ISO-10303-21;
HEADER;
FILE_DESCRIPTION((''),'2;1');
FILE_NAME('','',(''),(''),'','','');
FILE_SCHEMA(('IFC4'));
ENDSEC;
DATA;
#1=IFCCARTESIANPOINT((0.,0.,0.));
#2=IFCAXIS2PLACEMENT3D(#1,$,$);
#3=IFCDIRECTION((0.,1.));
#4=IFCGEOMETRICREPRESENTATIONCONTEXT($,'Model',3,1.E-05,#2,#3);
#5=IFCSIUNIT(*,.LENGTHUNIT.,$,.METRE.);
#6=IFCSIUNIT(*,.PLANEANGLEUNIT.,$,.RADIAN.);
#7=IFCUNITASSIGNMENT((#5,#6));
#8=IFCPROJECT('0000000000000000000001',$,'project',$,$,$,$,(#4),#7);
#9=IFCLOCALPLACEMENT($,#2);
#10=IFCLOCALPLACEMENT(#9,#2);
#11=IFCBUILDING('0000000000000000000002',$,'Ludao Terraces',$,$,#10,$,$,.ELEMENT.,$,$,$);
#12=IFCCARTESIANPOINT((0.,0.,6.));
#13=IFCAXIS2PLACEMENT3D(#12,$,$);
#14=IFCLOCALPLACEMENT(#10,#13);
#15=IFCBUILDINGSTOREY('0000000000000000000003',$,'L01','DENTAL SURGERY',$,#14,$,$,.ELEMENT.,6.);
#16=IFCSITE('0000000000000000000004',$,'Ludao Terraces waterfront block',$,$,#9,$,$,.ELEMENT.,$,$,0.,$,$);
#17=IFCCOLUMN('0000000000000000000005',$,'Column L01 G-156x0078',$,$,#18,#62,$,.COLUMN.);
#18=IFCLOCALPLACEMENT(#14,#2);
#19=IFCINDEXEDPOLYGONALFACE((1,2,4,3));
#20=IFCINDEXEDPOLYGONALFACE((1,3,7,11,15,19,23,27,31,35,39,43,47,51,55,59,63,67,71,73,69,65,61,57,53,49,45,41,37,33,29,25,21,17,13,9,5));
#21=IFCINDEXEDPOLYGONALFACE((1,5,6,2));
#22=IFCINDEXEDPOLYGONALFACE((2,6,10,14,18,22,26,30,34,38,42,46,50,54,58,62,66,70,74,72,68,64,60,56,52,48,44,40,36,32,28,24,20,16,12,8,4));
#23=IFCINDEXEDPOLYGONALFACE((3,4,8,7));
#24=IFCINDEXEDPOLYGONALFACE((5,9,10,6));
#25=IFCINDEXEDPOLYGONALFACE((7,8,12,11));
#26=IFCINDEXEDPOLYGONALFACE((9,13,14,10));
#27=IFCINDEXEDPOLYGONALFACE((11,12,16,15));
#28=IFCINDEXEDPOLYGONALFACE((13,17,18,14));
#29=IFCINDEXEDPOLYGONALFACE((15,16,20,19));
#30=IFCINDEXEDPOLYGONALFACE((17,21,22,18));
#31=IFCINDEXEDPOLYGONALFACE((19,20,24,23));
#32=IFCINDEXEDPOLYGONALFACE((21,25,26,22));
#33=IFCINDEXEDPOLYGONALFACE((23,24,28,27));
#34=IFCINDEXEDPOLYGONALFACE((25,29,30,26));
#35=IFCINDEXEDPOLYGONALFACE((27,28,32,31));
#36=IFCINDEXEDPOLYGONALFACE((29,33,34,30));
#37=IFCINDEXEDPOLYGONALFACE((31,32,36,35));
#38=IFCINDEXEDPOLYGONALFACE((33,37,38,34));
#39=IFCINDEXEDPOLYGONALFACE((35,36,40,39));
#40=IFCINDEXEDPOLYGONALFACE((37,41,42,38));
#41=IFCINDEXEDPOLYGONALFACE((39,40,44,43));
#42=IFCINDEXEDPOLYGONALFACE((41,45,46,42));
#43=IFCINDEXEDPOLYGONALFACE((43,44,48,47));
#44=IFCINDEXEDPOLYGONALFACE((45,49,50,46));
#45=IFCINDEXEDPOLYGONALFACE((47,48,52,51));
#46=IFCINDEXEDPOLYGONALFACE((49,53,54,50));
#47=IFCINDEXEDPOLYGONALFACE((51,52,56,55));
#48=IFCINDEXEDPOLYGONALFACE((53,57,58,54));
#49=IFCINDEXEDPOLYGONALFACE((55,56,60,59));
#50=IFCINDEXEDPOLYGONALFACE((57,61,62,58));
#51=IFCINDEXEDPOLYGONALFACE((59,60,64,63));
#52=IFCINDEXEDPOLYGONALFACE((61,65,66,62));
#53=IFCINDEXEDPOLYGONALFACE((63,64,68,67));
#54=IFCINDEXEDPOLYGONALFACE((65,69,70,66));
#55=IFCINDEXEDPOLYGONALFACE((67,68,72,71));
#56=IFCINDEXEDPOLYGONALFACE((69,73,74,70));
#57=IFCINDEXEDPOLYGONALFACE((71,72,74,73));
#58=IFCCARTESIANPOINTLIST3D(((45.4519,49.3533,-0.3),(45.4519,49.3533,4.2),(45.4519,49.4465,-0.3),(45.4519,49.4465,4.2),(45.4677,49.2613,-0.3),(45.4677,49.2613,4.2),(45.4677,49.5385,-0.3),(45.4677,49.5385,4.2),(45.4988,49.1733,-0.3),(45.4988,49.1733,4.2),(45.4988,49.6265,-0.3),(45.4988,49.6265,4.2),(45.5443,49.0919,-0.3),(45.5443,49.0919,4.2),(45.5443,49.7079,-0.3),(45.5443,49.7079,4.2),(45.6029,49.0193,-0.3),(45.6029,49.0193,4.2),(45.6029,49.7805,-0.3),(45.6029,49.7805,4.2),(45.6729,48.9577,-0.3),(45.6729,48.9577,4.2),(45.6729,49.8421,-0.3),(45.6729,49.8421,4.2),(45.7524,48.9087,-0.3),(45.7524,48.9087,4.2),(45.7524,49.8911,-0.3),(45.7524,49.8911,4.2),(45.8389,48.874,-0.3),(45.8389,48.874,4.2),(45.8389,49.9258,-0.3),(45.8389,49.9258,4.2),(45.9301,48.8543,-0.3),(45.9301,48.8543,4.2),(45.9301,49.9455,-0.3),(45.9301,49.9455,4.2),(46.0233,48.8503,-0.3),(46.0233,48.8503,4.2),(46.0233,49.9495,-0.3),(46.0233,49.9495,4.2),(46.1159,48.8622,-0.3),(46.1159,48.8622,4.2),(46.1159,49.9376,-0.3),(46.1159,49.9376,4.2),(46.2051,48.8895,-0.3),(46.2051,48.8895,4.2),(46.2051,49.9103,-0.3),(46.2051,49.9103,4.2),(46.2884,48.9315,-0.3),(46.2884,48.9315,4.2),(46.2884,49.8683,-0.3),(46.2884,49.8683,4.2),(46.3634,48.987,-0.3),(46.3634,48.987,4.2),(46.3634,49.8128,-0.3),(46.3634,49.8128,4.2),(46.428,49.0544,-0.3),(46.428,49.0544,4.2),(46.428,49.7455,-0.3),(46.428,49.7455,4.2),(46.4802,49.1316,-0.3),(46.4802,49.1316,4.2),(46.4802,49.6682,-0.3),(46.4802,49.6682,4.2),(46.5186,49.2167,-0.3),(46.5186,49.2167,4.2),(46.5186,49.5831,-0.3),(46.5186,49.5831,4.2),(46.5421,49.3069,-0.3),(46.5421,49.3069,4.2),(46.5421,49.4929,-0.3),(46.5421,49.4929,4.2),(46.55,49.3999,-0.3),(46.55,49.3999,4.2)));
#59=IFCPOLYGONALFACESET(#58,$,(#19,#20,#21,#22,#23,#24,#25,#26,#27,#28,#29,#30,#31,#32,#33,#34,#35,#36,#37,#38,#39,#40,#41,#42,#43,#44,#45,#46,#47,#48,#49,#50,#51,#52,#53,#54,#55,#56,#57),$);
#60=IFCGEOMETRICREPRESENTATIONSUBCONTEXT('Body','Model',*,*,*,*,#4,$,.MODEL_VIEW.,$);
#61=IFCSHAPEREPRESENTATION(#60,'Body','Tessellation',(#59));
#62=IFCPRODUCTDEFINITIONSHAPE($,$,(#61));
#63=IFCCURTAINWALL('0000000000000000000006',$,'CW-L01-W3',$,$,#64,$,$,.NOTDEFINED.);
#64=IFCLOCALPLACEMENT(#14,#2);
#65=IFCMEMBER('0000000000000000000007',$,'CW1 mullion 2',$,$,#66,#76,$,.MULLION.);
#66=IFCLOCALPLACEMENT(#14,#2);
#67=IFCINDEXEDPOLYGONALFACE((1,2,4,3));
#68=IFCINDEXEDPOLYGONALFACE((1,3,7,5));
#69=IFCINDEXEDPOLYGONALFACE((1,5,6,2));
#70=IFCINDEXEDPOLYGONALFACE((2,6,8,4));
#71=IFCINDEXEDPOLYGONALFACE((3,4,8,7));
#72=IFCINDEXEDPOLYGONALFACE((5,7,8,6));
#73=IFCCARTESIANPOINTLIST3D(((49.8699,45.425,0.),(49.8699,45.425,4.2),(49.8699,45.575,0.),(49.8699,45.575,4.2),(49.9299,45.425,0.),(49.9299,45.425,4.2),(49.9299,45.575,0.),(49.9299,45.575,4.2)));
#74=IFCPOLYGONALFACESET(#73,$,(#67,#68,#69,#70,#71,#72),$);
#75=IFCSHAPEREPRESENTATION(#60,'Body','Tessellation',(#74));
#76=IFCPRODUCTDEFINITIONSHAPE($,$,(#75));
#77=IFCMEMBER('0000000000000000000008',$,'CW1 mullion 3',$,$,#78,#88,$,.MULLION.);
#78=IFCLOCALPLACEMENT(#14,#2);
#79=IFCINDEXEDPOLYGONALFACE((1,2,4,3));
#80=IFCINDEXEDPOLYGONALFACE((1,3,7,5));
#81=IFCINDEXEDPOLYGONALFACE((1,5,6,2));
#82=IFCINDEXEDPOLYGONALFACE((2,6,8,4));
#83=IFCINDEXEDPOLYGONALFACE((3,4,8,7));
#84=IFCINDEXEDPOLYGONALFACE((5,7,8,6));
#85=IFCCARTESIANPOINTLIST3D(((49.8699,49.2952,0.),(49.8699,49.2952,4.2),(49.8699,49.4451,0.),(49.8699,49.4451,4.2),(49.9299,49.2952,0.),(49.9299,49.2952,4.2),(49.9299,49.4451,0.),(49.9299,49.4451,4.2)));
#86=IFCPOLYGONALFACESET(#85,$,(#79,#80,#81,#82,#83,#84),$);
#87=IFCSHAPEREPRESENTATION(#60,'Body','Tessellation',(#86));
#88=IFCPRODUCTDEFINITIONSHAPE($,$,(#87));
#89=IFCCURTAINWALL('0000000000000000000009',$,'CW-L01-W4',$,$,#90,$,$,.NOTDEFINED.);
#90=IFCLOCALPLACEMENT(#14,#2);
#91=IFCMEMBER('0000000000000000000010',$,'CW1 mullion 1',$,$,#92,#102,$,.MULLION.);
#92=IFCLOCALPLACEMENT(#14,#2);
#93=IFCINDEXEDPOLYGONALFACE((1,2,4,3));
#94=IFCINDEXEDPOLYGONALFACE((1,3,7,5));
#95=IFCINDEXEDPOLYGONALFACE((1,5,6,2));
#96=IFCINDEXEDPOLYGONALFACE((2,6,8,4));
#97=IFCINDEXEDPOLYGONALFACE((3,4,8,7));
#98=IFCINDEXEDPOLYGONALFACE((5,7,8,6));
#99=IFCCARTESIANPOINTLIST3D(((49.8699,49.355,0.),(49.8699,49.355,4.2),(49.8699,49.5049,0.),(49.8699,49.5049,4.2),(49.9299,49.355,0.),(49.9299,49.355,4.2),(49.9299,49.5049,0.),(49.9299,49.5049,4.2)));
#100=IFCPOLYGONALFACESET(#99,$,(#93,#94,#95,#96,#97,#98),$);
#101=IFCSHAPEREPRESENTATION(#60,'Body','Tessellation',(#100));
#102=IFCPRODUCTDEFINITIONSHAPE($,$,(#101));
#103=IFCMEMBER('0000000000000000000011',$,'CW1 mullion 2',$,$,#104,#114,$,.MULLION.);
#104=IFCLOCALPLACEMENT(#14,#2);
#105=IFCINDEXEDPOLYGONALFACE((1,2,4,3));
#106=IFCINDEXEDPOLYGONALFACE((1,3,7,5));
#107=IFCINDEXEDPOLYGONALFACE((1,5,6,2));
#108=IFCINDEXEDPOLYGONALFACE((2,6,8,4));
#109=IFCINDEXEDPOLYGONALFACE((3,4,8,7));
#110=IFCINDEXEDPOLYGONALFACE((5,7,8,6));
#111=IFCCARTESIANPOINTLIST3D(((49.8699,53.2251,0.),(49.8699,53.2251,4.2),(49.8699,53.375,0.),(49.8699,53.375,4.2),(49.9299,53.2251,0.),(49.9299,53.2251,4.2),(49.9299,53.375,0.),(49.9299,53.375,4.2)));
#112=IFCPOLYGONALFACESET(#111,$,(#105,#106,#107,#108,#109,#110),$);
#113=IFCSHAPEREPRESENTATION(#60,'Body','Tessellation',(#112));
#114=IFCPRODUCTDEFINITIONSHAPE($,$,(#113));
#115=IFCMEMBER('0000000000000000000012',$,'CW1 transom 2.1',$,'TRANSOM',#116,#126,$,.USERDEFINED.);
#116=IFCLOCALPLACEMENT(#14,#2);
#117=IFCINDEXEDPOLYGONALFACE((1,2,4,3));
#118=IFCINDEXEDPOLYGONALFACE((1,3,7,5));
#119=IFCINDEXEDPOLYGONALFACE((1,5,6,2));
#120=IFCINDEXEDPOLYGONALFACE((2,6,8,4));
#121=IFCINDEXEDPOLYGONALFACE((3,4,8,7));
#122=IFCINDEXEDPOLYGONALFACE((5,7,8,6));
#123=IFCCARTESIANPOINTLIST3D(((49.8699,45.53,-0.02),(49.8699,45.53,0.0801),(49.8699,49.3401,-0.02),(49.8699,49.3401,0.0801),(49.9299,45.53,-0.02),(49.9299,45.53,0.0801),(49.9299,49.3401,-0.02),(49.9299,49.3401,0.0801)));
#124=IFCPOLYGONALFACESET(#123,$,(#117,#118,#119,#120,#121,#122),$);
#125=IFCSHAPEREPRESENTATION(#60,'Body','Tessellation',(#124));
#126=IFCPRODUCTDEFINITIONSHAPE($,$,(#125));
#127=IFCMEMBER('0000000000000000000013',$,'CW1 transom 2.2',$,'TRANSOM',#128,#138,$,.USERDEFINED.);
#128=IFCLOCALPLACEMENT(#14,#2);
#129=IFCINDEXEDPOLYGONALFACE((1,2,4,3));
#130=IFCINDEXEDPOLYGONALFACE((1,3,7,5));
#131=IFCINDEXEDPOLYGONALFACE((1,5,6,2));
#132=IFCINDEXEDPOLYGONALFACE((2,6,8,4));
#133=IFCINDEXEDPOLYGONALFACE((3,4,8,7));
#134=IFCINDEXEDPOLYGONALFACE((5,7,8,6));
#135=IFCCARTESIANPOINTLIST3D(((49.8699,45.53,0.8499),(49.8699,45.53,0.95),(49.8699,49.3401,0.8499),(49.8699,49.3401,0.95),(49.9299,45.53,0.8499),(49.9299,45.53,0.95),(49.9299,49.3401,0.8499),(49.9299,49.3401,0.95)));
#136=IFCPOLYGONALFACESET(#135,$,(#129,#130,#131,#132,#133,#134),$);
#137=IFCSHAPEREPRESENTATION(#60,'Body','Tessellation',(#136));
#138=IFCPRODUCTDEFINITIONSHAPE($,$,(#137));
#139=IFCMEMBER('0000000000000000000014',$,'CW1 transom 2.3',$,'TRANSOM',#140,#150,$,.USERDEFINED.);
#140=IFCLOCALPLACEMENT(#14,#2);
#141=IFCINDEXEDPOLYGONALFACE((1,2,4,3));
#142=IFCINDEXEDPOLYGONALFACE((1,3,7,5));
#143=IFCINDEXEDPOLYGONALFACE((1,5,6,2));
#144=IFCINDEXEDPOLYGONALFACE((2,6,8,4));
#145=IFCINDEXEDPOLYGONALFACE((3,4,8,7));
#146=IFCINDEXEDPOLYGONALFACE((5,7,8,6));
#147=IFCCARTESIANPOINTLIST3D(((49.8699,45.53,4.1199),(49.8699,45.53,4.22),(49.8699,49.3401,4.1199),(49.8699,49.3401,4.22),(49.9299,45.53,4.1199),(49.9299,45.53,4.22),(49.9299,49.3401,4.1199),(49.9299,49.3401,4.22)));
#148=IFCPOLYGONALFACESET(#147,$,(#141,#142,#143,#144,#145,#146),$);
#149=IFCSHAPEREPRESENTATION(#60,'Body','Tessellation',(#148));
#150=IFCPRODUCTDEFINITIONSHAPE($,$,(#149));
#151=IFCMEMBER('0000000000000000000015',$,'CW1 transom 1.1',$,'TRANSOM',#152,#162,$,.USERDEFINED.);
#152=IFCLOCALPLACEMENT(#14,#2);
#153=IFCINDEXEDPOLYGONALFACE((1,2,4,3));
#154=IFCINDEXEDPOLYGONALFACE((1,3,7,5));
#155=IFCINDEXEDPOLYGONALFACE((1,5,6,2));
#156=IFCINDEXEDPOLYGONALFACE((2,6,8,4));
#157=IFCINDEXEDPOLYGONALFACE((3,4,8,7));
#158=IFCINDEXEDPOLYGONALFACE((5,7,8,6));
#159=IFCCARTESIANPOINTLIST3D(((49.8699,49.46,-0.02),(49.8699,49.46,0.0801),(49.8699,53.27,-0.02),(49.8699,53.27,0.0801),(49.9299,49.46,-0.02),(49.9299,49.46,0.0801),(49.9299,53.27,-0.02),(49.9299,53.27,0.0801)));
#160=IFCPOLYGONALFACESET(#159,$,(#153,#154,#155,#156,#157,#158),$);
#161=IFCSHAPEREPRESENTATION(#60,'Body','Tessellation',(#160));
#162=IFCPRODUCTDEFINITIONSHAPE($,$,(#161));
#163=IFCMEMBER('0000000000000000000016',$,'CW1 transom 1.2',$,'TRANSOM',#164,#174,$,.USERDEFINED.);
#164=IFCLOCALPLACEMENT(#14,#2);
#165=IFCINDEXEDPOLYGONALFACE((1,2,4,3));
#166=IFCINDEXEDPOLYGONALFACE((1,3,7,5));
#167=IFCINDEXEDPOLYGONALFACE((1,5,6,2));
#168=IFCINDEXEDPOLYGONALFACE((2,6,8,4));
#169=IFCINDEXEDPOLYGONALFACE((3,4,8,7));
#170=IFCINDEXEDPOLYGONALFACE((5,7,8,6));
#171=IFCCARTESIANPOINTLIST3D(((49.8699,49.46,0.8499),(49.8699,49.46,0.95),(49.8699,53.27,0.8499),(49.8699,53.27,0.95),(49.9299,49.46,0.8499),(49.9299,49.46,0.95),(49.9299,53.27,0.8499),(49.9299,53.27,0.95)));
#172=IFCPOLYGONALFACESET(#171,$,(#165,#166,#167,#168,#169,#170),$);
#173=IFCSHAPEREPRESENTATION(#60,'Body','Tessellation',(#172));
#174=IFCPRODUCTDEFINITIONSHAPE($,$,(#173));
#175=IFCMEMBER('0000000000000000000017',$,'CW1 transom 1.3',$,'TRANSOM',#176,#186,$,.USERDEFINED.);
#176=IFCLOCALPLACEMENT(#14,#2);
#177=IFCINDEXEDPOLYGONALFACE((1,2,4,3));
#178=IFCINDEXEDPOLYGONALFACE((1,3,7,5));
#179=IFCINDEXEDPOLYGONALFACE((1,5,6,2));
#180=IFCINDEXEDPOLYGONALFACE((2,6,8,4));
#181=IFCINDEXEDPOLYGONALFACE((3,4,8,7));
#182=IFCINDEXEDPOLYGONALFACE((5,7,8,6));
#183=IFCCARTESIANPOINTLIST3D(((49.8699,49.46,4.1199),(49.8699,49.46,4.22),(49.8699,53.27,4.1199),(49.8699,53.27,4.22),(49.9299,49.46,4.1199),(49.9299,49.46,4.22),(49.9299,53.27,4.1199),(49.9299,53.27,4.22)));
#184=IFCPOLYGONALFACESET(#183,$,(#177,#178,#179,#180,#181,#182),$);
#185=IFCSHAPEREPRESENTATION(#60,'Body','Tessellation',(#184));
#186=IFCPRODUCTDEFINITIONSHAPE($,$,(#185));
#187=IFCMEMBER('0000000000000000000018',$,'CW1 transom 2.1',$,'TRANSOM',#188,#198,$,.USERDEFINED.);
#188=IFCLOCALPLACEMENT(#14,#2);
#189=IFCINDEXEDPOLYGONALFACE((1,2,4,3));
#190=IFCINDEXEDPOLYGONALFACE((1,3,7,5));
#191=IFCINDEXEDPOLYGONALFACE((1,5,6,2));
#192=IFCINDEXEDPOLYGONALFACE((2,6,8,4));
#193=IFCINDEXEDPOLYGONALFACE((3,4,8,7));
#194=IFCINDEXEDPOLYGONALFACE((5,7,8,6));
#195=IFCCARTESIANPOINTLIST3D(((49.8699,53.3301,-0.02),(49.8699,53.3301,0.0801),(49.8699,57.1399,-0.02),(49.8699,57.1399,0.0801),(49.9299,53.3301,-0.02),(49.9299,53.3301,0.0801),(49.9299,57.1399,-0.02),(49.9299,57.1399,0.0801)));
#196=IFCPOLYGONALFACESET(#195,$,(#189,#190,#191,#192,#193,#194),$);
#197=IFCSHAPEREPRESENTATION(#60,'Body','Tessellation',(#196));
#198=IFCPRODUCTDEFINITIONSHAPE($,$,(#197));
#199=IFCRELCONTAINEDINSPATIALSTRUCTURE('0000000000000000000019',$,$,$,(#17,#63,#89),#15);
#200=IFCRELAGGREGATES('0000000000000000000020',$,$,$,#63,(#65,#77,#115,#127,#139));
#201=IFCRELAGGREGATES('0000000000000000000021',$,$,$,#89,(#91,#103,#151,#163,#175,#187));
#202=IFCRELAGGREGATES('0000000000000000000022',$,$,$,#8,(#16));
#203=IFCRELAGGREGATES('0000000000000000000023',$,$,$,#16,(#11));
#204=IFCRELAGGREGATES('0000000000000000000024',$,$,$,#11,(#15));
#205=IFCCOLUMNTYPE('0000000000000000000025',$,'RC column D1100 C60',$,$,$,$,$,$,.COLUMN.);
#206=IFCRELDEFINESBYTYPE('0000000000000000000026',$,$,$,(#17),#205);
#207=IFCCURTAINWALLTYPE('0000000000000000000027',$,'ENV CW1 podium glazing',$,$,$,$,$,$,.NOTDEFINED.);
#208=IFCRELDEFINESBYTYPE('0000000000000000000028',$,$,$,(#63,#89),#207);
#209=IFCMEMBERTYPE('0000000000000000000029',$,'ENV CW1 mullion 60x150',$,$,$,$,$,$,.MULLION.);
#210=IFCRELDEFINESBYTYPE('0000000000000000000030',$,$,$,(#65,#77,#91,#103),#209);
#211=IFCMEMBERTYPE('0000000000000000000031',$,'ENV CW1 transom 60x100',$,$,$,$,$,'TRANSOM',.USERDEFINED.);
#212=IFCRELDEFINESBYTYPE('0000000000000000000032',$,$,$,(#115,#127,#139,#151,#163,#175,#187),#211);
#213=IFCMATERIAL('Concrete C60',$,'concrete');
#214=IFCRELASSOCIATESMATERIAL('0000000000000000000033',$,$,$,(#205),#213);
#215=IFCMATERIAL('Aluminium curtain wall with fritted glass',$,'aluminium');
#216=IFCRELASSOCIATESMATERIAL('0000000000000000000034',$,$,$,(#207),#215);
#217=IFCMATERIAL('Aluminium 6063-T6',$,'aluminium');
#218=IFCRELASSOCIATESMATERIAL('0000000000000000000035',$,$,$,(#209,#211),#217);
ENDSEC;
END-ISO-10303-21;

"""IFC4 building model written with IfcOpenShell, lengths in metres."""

from ifc_helpers import new_model, si_unit, direction, frame, origin, origin_2d, place, context, subcontext, project, spatial, rectangle, circle, extrude, material, material_profile, profile_set, type_object, element, aggregate, save


model = new_model("IFC4")

# Units and contexts
model_context = context("Model", 3, precision=1e-05, world=origin(), true_north=direction((0.0, 1.0)))
body_context = subcontext(model_context, "Body", "Model", "MODEL_VIEW")
ifc_project = project(units=[si_unit("LENGTHUNIT", "METRE"), si_unit("PLANEANGLEUNIT", "RADIAN")], contexts=[model_context])

# Site, building, storey
site_placement = place(None, origin())
site = spatial("IfcSite", under=ifc_project, at=site_placement, Name="Ludao Terraces waterfront block", CompositionType="ELEMENT", RefElevation=0.0)
building_placement = place(site_placement, origin())
building = spatial("IfcBuilding", under=site, at=building_placement, Name="Ludao Terraces", CompositionType="ELEMENT")
storey_placement = place(building_placement, frame((0.0, 0.0, 6.0)))
storey = spatial("IfcBuildingStorey", under=building, at=storey_placement, Name="L01", Description="DENTAL SURGERY", CompositionType="ELEMENT", Elevation=6.0)

# Column
ifc_material_1 = material(Name="Concrete C60", Category="concrete")
ifc_material_profile_1 = material_profile(ifc_material_1, circle(Radius=0.55, at=origin_2d()), Name="D1100")
ifc_profile_set_1 = profile_set([ifc_material_profile_1], Name="Concrete C60")
column_type = type_object("IfcColumnType", Name="RC column D1100 C60", PredefinedType="COLUMN", material=ifc_profile_set_1)
column_placement = place(storey_placement, frame((46.0, 49.3999, -0.3), z_axis=(0.0, 0.0, 1.0), x_axis=(1.0, 0.0, 0.0)))
element("IfcColumn", 1, at=column_placement, inside=storey, type_object=column_type, Name="Column L01 G-156x0078", PredefinedType="COLUMN", context=body_context, shape_type="SweptSolid", body=[
    extrude(circle(Radius=0.55, at=origin_2d()), origin(), (0.0, 0.0, 1.0), 4.5),
])

# Curtain walls, members
ifc_material_2 = material(Name="Aluminium curtain wall with fritted glass", Category="aluminium")
curtain_wall_type = type_object("IfcCurtainWallType", Name="ENV CW1 podium glazing", PredefinedType="NOTDEFINED", material=ifc_material_2)
curtain_wall_1_placement = place(storey_placement, origin())
curtain_wall_1 = element("IfcCurtainWall", 2, at=curtain_wall_1_placement, inside=storey, type_object=curtain_wall_type, Name="CW-L01-W3", PredefinedType="NOTDEFINED")
ifc_material_3 = material(Name="Aluminium 6063-T6", Category="aluminium")
ifc_material_profile_2 = material_profile(ifc_material_3, rectangle(XDim=0.0601, YDim=0.1499, at=origin_2d()), Name="60 X 150")
ifc_profile_set_2 = profile_set([ifc_material_profile_2], Name="Aluminium 6063-T6")
member_type_1 = type_object("IfcMemberType", Name="ENV CW1 mullion 60x150", PredefinedType="MULLION", material=ifc_profile_set_2)
member_1_placement = place(storey_placement, frame((49.8999, 45.5, 0.0), z_axis=(0.0, 0.0, 1.0), x_axis=(-1.0, 0.0, 0.0)))
member_1 = element("IfcMember", 3, at=member_1_placement, type_object=member_type_1, Name="CW1 mullion 2", PredefinedType="MULLION", context=body_context, shape_type="SweptSolid", body=[
    extrude(rectangle(XDim=0.0601, YDim=0.1499, at=origin_2d()), origin(), (0.0, 0.0, 1.0), 4.2),
])
member_2_placement = place(storey_placement, frame((49.8999, 49.3701, 0.0), z_axis=(0.0, 0.0, 1.0), x_axis=(-1.0, 0.0, 0.0)))
member_2 = element("IfcMember", 4, at=member_2_placement, type_object=member_type_1, Name="CW1 mullion 3", PredefinedType="MULLION", context=body_context, shape_type="SweptSolid", body=[
    extrude(rectangle(XDim=0.0601, YDim=0.1499, at=origin_2d()), origin(), (0.0, 0.0, 1.0), 4.2),
])
curtain_wall_2_placement = place(storey_placement, origin())
curtain_wall_2 = element("IfcCurtainWall", 5, at=curtain_wall_2_placement, inside=storey, type_object=curtain_wall_type, Name="CW-L01-W4", PredefinedType="NOTDEFINED")
member_3_placement = place(storey_placement, frame((49.8999, 49.4299, 0.0), z_axis=(0.0, 0.0, 1.0), x_axis=(-1.0, 0.0, 0.0)))
member_3 = element("IfcMember", 6, at=member_3_placement, type_object=member_type_1, Name="CW1 mullion 1", PredefinedType="MULLION", context=body_context, shape_type="SweptSolid", body=[
    extrude(rectangle(XDim=0.0601, YDim=0.1499, at=origin_2d()), origin(), (0.0, 0.0, 1.0), 4.2),
])
member_4_placement = place(storey_placement, frame((49.8999, 53.3, 0.0), z_axis=(0.0, 0.0, 1.0), x_axis=(-1.0, 0.0, 0.0)))
member_4 = element("IfcMember", 7, at=member_4_placement, type_object=member_type_1, Name="CW1 mullion 2", PredefinedType="MULLION", context=body_context, shape_type="SweptSolid", body=[
    extrude(rectangle(XDim=0.0601, YDim=0.1499, at=origin_2d()), origin(), (0.0, 0.0, 1.0), 4.2),
])

# Members
ifc_material_profile_3 = material_profile(ifc_material_3, rectangle(XDim=0.0601, YDim=0.1001, at=origin_2d()), Name="60 X 100")
ifc_profile_set_3 = profile_set([ifc_material_profile_3], Name="Aluminium 6063-T6")
member_type_2 = type_object("IfcMemberType", Name="ENV CW1 transom 60x100", ElementType="TRANSOM", PredefinedType="USERDEFINED", material=ifc_profile_set_3)
member_5_placement = place(storey_placement, frame((49.8999, 45.53, 0.03), z_axis=(0.0, 1.0, 0.0), x_axis=(-1.0, 0.0, 0.0)))
member_5 = element("IfcMember", 8, at=member_5_placement, type_object=member_type_2, Name="CW1 transom 2.1", ObjectType="TRANSOM", PredefinedType="USERDEFINED", context=body_context, shape_type="SweptSolid", body=[
    extrude(rectangle(XDim=0.0601, YDim=0.1001, at=origin_2d()), origin(), (0.0, 0.0, 1.0), 3.8101),
])
member_6_placement = place(storey_placement, frame((49.8999, 45.53, 0.8999), z_axis=(0.0, 1.0, 0.0), x_axis=(-1.0, 0.0, 0.0)))
member_6 = element("IfcMember", 9, at=member_6_placement, type_object=member_type_2, Name="CW1 transom 2.2", ObjectType="TRANSOM", PredefinedType="USERDEFINED", context=body_context, shape_type="SweptSolid", body=[
    extrude(rectangle(XDim=0.0601, YDim=0.1001, at=origin_2d()), origin(), (0.0, 0.0, 1.0), 3.8101),
])
member_7_placement = place(storey_placement, frame((49.8999, 45.53, 4.1699), z_axis=(0.0, 1.0, 0.0), x_axis=(-1.0, 0.0, 0.0)))
member_7 = element("IfcMember", 10, at=member_7_placement, type_object=member_type_2, Name="CW1 transom 2.3", ObjectType="TRANSOM", PredefinedType="USERDEFINED", context=body_context, shape_type="SweptSolid", body=[
    extrude(rectangle(XDim=0.0601, YDim=0.1001, at=origin_2d()), origin(), (0.0, 0.0, 1.0), 3.8101),
])
member_8_placement = place(storey_placement, frame((49.8999, 49.46, 0.03), z_axis=(0.0, 1.0, 0.0), x_axis=(-1.0, 0.0, 0.0)))
member_8 = element("IfcMember", 11, at=member_8_placement, type_object=member_type_2, Name="CW1 transom 1.1", ObjectType="TRANSOM", PredefinedType="USERDEFINED", context=body_context, shape_type="SweptSolid", body=[
    extrude(rectangle(XDim=0.0601, YDim=0.1001, at=origin_2d()), origin(), (0.0, 0.0, 1.0), 3.8101),
])
member_9_placement = place(storey_placement, frame((49.8999, 49.46, 0.8999), z_axis=(0.0, 1.0, 0.0), x_axis=(-1.0, 0.0, 0.0)))
member_9 = element("IfcMember", 12, at=member_9_placement, type_object=member_type_2, Name="CW1 transom 1.2", ObjectType="TRANSOM", PredefinedType="USERDEFINED", context=body_context, shape_type="SweptSolid", body=[
    extrude(rectangle(XDim=0.0601, YDim=0.1001, at=origin_2d()), origin(), (0.0, 0.0, 1.0), 3.8101),
])
member_10_placement = place(storey_placement, frame((49.8999, 49.46, 4.1699), z_axis=(0.0, 1.0, 0.0), x_axis=(-1.0, 0.0, 0.0)))
member_10 = element("IfcMember", 13, at=member_10_placement, type_object=member_type_2, Name="CW1 transom 1.3", ObjectType="TRANSOM", PredefinedType="USERDEFINED", context=body_context, shape_type="SweptSolid", body=[
    extrude(rectangle(XDim=0.0601, YDim=0.1001, at=origin_2d()), origin(), (0.0, 0.0, 1.0), 3.8101),
])
member_11_placement = place(storey_placement, frame((49.8999, 53.3301, 0.03), z_axis=(0.0, 1.0, 0.0), x_axis=(-1.0, 0.0, 0.0)))
member_11 = element("IfcMember", 14, at=member_11_placement, type_object=member_type_2, Name="CW1 transom 2.1", ObjectType="TRANSOM", PredefinedType="USERDEFINED", context=body_context, shape_type="SweptSolid", body=[
    extrude(rectangle(XDim=0.0601, YDim=0.1001, at=origin_2d()), origin(), (0.0, 0.0, 1.0), 3.8098),
])

aggregate(curtain_wall_1, [member_1, member_2, member_5, member_6, member_7])
aggregate(curtain_wall_2, [member_3, member_4, member_8, member_9, member_10, member_11])

save(model, "model.ifc")
